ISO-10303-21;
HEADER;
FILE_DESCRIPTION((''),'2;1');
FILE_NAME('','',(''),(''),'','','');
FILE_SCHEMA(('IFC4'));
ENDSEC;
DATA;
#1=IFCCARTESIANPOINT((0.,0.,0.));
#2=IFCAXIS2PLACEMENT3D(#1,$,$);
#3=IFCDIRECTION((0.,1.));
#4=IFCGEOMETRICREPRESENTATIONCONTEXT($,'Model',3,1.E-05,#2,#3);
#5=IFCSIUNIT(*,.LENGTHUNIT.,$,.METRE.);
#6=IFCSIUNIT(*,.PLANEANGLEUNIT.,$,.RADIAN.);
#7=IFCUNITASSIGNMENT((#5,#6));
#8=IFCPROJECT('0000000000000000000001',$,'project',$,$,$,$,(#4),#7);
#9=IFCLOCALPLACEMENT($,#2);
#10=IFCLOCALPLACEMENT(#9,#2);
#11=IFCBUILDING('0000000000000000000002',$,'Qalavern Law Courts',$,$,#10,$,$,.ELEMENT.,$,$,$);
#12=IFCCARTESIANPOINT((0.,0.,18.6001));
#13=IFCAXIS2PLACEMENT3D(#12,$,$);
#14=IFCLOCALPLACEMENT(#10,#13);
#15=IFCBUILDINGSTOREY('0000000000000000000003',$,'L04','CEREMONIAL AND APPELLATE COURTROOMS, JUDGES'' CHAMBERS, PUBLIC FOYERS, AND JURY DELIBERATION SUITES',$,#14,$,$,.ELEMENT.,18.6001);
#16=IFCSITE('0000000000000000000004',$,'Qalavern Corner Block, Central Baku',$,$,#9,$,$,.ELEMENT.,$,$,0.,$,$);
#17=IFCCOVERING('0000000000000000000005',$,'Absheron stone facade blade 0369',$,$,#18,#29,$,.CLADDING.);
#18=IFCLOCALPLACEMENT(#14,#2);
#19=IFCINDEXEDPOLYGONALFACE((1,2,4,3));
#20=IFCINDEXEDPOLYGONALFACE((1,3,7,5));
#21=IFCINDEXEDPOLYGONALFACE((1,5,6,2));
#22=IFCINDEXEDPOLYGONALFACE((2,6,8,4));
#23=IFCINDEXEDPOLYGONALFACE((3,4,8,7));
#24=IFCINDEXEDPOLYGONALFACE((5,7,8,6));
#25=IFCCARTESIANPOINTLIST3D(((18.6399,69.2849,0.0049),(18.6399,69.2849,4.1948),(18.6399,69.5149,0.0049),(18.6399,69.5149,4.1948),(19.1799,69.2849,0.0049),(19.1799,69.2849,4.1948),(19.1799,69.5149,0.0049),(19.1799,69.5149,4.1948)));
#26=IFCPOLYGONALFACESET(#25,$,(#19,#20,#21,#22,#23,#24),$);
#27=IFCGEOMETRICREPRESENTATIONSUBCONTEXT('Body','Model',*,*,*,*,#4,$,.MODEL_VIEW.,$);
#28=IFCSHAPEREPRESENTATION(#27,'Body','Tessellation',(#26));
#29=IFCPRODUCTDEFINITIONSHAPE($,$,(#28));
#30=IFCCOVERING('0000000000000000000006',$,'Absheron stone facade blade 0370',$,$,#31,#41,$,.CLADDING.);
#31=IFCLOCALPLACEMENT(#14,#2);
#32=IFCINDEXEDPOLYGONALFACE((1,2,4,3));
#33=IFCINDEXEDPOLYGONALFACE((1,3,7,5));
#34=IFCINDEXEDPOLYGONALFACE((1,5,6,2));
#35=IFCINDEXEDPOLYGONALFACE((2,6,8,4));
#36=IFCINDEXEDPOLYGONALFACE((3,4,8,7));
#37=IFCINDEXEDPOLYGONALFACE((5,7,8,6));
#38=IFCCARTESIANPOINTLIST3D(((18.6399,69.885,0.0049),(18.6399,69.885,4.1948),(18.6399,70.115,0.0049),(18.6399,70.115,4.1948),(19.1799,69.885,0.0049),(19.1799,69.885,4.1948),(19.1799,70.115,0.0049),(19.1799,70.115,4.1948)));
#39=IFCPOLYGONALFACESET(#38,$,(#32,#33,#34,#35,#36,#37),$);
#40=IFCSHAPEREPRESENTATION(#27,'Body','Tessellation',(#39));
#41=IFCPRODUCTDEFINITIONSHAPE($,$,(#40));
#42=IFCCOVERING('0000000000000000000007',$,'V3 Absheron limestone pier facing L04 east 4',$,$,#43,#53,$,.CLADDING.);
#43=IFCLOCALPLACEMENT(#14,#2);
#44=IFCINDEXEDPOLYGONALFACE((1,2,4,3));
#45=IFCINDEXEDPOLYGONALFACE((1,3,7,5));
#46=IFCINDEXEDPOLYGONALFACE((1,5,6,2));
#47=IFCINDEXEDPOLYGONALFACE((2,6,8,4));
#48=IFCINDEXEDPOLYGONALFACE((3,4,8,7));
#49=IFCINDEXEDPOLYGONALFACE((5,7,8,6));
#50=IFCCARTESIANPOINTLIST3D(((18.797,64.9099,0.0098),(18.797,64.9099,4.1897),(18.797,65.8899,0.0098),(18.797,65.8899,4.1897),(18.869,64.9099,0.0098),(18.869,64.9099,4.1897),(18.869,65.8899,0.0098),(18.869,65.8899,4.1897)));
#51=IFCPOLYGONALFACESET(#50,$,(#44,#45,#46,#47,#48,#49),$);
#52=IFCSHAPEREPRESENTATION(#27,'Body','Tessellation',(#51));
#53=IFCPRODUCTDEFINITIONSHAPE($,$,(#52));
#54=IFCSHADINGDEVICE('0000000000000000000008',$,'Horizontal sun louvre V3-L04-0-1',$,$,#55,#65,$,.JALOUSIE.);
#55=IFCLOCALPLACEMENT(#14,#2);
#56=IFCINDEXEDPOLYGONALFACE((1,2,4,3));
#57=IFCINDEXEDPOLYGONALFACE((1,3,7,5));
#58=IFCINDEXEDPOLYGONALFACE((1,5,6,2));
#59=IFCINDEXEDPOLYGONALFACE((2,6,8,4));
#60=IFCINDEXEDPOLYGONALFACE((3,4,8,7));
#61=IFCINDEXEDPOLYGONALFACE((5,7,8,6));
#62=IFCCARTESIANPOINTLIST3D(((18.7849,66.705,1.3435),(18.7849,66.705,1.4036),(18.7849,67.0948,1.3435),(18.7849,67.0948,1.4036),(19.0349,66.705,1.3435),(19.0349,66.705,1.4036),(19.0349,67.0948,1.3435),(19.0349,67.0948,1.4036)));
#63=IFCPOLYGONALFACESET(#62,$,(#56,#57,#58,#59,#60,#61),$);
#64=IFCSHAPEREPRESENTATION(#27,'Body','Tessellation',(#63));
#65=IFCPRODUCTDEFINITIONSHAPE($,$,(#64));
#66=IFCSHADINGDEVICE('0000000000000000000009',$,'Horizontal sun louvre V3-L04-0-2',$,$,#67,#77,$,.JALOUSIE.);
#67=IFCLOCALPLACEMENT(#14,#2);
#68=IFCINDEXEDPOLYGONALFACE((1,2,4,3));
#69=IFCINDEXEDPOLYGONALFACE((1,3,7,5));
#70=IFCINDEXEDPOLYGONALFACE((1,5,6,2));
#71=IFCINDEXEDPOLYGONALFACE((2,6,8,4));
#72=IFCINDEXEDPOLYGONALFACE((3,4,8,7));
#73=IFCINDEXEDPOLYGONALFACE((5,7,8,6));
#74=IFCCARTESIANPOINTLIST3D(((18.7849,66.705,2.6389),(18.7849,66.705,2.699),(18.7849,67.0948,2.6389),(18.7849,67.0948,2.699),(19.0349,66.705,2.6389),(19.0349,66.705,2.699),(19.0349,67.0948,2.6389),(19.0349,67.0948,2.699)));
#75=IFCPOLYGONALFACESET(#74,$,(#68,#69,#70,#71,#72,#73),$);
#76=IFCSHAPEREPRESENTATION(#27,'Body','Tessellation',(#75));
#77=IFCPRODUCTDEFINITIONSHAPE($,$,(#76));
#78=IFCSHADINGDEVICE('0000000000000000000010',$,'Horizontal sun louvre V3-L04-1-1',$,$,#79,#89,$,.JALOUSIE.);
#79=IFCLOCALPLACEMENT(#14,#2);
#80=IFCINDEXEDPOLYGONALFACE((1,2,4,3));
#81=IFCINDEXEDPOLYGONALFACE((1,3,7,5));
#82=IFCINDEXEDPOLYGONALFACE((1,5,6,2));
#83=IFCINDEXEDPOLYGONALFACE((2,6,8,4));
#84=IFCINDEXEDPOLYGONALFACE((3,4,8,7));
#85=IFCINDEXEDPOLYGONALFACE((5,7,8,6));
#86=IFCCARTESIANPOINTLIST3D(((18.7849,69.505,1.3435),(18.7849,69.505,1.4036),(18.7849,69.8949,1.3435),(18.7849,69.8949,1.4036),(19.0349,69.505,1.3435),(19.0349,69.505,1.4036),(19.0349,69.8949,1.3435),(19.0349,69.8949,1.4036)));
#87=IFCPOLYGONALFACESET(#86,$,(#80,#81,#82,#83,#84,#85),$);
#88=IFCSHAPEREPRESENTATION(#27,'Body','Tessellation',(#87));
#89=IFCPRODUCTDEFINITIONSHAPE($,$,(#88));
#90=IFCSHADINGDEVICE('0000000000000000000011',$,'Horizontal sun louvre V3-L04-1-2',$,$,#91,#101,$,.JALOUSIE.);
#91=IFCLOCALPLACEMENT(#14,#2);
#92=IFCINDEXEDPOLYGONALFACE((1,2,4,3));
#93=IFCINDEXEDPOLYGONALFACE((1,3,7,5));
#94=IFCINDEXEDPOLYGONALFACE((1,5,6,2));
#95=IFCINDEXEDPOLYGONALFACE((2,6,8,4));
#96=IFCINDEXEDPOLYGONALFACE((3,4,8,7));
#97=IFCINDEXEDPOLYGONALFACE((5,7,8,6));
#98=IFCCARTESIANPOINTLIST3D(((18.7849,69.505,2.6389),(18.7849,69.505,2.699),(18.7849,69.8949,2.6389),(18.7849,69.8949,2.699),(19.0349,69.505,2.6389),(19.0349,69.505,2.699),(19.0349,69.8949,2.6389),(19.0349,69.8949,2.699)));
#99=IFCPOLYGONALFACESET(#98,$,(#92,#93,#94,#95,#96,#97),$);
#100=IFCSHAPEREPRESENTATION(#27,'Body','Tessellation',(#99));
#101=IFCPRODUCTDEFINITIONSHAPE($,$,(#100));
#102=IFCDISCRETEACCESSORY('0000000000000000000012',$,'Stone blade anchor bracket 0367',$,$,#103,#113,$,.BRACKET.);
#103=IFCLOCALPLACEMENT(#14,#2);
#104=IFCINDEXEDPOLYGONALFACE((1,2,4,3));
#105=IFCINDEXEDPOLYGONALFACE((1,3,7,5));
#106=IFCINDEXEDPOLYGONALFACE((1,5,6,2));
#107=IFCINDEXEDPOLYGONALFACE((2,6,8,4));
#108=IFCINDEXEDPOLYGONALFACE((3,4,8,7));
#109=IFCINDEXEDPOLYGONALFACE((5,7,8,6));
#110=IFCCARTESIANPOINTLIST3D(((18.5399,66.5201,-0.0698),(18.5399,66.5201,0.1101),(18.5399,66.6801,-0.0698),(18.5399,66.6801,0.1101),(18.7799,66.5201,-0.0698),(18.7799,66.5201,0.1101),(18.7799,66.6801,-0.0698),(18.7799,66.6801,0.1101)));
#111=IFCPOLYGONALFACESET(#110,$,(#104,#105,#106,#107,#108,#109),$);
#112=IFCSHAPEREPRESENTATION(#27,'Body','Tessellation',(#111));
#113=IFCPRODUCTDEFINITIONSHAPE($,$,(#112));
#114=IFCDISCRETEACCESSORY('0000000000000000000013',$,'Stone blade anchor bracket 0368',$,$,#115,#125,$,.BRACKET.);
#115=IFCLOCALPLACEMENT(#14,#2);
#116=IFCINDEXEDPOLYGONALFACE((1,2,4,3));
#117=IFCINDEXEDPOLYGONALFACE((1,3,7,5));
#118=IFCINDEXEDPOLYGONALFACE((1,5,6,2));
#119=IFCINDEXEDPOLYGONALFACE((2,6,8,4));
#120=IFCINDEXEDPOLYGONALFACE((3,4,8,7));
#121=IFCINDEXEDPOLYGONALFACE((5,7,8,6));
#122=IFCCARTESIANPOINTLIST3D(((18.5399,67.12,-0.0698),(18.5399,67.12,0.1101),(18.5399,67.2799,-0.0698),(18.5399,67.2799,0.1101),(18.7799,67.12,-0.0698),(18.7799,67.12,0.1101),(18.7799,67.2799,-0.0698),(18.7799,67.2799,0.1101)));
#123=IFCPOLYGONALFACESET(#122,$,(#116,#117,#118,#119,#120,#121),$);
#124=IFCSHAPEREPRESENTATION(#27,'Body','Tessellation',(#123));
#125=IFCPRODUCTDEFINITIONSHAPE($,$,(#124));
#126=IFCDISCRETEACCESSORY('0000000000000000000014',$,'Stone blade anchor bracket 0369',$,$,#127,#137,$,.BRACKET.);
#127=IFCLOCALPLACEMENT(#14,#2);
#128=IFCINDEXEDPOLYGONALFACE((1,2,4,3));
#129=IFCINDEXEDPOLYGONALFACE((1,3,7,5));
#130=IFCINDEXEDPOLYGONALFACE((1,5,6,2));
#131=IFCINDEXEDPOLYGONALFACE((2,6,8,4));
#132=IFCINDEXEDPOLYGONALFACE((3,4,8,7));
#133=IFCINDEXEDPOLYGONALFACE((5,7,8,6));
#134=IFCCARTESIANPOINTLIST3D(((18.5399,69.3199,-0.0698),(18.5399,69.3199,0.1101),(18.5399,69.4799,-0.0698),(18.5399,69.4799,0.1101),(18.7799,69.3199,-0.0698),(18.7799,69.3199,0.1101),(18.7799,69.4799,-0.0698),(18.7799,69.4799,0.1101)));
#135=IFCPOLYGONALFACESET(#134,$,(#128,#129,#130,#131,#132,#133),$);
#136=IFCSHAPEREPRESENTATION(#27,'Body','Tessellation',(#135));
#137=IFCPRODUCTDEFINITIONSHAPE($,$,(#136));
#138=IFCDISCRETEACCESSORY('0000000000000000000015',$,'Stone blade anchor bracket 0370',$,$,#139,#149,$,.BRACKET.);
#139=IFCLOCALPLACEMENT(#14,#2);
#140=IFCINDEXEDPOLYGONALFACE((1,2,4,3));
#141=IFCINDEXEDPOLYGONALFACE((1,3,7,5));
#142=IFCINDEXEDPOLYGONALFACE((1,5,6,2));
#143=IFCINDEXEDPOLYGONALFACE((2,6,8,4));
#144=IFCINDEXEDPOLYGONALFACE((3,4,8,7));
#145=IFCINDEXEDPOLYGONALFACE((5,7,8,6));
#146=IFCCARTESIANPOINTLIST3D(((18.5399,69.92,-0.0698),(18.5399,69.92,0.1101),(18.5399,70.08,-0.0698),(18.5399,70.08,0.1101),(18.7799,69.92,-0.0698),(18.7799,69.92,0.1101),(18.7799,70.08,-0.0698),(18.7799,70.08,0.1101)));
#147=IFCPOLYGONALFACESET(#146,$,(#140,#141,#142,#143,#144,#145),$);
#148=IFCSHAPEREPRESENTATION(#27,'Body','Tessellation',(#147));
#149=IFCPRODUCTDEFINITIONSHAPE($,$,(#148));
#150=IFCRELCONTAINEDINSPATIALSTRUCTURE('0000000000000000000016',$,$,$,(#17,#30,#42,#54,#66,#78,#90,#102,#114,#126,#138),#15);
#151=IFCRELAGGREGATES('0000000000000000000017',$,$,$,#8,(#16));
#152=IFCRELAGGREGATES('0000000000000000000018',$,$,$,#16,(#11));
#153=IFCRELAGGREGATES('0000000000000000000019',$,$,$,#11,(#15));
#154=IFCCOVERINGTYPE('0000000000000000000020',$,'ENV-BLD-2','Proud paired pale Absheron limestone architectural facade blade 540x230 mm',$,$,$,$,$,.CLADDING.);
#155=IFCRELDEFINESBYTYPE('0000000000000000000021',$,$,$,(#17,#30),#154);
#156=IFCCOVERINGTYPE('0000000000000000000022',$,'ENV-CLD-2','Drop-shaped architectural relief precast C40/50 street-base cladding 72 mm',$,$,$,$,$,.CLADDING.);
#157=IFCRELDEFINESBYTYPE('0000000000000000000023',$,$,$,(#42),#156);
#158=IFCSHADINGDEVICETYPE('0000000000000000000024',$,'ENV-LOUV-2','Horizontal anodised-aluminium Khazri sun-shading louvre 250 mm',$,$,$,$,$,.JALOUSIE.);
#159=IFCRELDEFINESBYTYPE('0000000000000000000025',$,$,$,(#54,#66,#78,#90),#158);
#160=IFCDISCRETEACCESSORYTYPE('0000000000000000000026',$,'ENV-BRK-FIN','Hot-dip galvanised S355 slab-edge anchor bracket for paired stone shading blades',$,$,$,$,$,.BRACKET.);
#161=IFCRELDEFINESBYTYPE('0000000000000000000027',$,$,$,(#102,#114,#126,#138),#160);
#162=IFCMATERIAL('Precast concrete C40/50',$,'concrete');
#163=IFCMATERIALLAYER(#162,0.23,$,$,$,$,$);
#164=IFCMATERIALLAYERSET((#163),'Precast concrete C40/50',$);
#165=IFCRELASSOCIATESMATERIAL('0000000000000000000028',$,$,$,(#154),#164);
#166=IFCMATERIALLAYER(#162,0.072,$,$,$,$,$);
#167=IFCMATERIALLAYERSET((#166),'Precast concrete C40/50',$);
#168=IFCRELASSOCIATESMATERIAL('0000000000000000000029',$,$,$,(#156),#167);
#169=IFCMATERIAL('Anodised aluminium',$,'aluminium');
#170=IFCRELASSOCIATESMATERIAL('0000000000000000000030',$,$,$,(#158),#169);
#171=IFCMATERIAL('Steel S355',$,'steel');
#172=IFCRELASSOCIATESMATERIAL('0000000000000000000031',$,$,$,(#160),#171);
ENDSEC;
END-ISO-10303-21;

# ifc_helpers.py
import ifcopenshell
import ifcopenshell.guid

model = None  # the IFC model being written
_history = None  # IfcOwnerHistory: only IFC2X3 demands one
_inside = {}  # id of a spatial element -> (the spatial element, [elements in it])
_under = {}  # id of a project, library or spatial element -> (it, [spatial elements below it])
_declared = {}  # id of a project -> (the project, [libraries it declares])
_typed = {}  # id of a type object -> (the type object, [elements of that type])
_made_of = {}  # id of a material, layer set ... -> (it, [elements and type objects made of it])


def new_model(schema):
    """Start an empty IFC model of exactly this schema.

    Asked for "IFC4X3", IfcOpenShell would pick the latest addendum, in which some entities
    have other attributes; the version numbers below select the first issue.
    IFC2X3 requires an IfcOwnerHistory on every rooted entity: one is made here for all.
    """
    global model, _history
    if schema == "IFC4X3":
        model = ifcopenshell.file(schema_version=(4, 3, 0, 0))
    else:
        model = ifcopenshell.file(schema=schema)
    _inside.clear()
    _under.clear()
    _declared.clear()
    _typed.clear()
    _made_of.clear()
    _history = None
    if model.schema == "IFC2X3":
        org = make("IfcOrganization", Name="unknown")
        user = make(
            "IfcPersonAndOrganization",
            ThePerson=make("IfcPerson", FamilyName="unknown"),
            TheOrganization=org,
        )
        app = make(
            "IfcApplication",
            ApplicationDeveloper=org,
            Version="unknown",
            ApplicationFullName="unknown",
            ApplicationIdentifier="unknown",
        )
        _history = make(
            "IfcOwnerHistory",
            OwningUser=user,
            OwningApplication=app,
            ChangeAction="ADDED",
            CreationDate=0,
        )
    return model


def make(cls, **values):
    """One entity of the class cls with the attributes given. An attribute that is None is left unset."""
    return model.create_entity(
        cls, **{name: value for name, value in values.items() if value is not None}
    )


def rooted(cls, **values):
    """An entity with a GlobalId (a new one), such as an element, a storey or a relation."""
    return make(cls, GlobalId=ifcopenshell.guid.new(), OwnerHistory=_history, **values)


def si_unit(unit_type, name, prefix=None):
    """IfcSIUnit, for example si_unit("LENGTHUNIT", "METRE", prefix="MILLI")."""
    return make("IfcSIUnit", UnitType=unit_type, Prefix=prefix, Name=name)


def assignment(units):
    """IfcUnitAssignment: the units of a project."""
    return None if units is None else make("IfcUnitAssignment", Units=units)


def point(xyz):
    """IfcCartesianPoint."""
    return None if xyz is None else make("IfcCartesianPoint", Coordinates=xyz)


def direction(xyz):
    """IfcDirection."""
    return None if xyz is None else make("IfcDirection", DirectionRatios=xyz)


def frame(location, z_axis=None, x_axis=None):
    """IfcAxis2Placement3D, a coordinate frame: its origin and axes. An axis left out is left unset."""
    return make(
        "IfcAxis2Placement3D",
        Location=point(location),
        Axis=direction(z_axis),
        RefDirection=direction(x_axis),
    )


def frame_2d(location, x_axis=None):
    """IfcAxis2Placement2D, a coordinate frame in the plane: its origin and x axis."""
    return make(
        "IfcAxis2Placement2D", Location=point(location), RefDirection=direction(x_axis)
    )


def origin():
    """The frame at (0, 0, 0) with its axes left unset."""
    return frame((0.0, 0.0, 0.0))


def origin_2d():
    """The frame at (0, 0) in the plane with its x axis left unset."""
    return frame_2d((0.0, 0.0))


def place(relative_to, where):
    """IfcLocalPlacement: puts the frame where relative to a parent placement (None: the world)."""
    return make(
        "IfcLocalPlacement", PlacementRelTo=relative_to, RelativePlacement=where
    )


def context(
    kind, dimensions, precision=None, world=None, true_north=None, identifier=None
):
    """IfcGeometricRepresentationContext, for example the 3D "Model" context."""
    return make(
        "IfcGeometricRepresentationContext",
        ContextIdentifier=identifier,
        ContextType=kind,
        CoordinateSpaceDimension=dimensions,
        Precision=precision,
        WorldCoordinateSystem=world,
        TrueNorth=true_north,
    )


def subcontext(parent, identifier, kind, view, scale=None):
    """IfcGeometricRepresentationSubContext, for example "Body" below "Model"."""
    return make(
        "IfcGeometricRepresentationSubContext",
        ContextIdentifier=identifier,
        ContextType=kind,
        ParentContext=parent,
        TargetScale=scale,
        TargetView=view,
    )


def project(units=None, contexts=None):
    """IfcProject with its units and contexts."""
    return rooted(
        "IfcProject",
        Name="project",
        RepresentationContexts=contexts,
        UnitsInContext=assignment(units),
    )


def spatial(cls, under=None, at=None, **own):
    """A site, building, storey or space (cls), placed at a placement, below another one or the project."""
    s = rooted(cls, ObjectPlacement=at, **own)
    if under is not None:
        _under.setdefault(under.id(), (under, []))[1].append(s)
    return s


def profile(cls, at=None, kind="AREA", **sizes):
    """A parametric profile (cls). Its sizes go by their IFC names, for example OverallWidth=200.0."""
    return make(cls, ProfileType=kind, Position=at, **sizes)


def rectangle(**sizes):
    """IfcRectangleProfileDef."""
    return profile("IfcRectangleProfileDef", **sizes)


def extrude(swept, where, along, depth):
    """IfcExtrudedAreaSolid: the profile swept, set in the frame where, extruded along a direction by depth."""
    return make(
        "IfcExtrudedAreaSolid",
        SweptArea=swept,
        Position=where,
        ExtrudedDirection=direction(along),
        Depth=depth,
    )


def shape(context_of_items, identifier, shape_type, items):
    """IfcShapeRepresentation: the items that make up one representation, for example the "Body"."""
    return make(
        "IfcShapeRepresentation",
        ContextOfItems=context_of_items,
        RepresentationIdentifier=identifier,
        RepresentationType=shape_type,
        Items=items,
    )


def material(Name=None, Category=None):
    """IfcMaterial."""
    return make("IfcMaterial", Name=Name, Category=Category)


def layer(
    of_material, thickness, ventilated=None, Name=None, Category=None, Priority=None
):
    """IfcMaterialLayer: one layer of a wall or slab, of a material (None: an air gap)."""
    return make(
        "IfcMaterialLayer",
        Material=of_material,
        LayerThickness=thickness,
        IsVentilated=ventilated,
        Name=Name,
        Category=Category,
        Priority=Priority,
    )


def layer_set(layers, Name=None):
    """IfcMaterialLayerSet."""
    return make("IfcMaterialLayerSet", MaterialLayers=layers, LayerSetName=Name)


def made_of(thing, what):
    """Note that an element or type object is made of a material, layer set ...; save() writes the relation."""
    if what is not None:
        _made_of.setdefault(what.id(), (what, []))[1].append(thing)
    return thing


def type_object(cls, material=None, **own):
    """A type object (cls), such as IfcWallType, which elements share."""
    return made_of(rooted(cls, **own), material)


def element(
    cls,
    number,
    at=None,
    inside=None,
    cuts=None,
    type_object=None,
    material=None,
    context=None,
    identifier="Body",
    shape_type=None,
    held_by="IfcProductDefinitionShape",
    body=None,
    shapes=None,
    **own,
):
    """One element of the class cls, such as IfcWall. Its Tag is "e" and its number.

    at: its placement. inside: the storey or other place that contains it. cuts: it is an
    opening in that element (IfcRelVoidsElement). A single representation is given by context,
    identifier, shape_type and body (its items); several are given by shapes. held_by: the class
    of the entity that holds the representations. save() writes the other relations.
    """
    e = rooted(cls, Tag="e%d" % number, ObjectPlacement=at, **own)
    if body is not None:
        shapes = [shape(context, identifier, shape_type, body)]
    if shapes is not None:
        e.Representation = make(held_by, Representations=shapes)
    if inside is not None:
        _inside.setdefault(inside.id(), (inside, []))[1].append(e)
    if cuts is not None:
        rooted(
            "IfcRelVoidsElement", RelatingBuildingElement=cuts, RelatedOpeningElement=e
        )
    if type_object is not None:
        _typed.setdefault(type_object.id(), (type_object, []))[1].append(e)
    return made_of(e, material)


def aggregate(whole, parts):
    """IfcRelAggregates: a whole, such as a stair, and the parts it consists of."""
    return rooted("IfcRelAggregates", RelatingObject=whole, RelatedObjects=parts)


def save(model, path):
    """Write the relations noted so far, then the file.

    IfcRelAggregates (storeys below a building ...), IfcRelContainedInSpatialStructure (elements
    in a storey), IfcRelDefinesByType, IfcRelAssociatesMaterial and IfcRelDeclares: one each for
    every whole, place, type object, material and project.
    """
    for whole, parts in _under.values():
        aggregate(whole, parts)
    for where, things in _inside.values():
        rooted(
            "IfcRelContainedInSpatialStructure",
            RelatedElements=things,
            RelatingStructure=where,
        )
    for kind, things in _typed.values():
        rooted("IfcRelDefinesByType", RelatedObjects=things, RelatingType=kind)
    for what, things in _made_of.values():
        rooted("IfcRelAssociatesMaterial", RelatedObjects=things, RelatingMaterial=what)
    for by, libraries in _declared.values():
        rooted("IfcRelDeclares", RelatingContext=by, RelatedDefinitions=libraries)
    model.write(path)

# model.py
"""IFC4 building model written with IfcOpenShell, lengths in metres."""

from ifc_helpers import new_model, si_unit, direction, frame, origin, origin_2d, place, context, subcontext, project, spatial, rectangle, extrude, material, layer, layer_set, type_object, element, save


model = new_model("IFC4")

# Units and contexts
model_context = context("Model", 3, precision=1e-05, world=origin(), true_north=direction((0.0, 1.0)))
body_context = subcontext(model_context, "Body", "Model", "MODEL_VIEW")
ifc_project = project(units=[si_unit("LENGTHUNIT", "METRE"), si_unit("PLANEANGLEUNIT", "RADIAN")], contexts=[model_context])

# Site, building, storey
site_placement = place(None, origin())
site = spatial("IfcSite", under=ifc_project, at=site_placement, Name="Qalavern Corner Block, Central Baku", CompositionType="ELEMENT", RefElevation=0.0)
building_placement = place(site_placement, origin())
building = spatial("IfcBuilding", under=site, at=building_placement, Name="Qalavern Law Courts", CompositionType="ELEMENT")
storey_placement = place(building_placement, frame((0.0, 0.0, 18.6001)))
storey = spatial("IfcBuildingStorey", under=building, at=storey_placement, Name="L04", Description="CEREMONIAL AND APPELLATE COURTROOMS, JUDGES' CHAMBERS, PUBLIC FOYERS, AND JURY DELIBERATION SUITES", CompositionType="ELEMENT", Elevation=18.6001)

# Shared definitions
ifc_material_1 = material(Name="Anodised aluminium", Category="aluminium")

# Coverings
ifc_material_2 = material(Name="Precast concrete C40/50", Category="concrete")
ifc_layer_1 = layer(ifc_material_2, 0.23)
ifc_layer_set_1 = layer_set([ifc_layer_1], Name="Precast concrete C40/50")
covering_type_1 = type_object("IfcCoveringType", Name="ENV-BLD-2", Description="Proud paired pale Absheron limestone architectural facade blade 540x230 mm", PredefinedType="CLADDING", material=ifc_layer_set_1)
for number, where, z_axis, x_axis, name in (
    (1, (18.9099, 69.3999, 0.0049), (0.0, 0.0, 1.0), (1.0, 0.0, 0.0), "Absheron stone facade blade 0369"),
    (2, (18.9099, 70.0, 0.0049), (0.0, 0.0, 1.0), (1.0, 0.0, 0.0), "Absheron stone facade blade 0370"),
):
    element("IfcCovering", number, at=place(storey_placement, frame(where, z_axis=z_axis, x_axis=x_axis)), inside=storey, type_object=covering_type_1, Name=name, PredefinedType="CLADDING", context=body_context, shape_type="SweptSolid", body=[
        extrude(rectangle(XDim=0.54, YDim=0.23, at=origin_2d()), origin(), (0.0, 0.0, 1.0), 4.1899),
    ])
ifc_layer_2 = layer(ifc_material_2, 0.072)
ifc_layer_set_2 = layer_set([ifc_layer_2], Name="Precast concrete C40/50")
covering_type_2 = type_object("IfcCoveringType", Name="ENV-CLD-2", Description="Drop-shaped architectural relief precast C40/50 street-base cladding 72 mm", PredefinedType="CLADDING", material=ifc_layer_set_2)
covering_placement = place(storey_placement, frame((18.833, 65.3999, 0.0098), z_axis=(0.0, 0.0, 1.0), x_axis=(0.0, 1.0, 0.0)))
element("IfcCovering", 3, at=covering_placement, inside=storey, type_object=covering_type_2, Name="V3 Absheron limestone pier facing L04 east 4", PredefinedType="CLADDING", context=body_context, shape_type="SweptSolid", body=[
    extrude(rectangle(XDim=0.98, YDim=0.072, at=origin_2d()), origin(), (0.0, 0.0, 1.0), 4.1799),
])

# Shading devices
shading_device_type = type_object("IfcShadingDeviceType", Name="ENV-LOUV-2", Description="Horizontal anodised-aluminium Khazri sun-shading louvre 250 mm", PredefinedType="JALOUSIE", material=ifc_material_1)
for number, where, z_axis, x_axis, name in (
    (4, (18.9099, 66.8999, 1.3435), (0.0, 0.0, 1.0), (0.0, 1.0, 0.0), "Horizontal sun louvre V3-L04-0-1"),
    (5, (18.9099, 66.8999, 2.6389), (0.0, 0.0, 1.0), (0.0, 1.0, 0.0), "Horizontal sun louvre V3-L04-0-2"),
    (6, (18.9099, 69.7, 1.3435), (0.0, 0.0, 1.0), (0.0, 1.0, 0.0), "Horizontal sun louvre V3-L04-1-1"),
    (7, (18.9099, 69.7, 2.6389), (0.0, 0.0, 1.0), (0.0, 1.0, 0.0), "Horizontal sun louvre V3-L04-1-2"),
):
    element("IfcShadingDevice", number, at=place(storey_placement, frame(where, z_axis=z_axis, x_axis=x_axis)), inside=storey, type_object=shading_device_type, Name=name, PredefinedType="JALOUSIE", context=body_context, shape_type="SweptSolid", body=[
        extrude(rectangle(XDim=0.3899, YDim=0.25, at=origin_2d()), origin(), (0.0, 0.0, 1.0), 0.0601),
    ])

# Discrete accessories
ifc_material_3 = material(Name="Steel S355", Category="steel")
discrete_accessory_type = type_object("IfcDiscreteAccessoryType", Name="ENV-BRK-FIN", Description="Hot-dip galvanised S355 slab-edge anchor bracket for paired stone shading blades", PredefinedType="BRACKET", material=ifc_material_3)
for number, where, z_axis, x_axis, name in (
    (8, (18.6599, 66.6001, -0.0698), (0.0, 0.0, 1.0), (1.0, 0.0, 0.0), "Stone blade anchor bracket 0367"),
    (9, (18.6599, 67.2, -0.0698), (0.0, 0.0, 1.0), (1.0, 0.0, 0.0), "Stone blade anchor bracket 0368"),
    (10, (18.6599, 69.3999, -0.0698), (0.0, 0.0, 1.0), (1.0, 0.0, 0.0), "Stone blade anchor bracket 0369"),
    (11, (18.6599, 70.0, -0.0698), (0.0, 0.0, 1.0), (1.0, 0.0, 0.0), "Stone blade anchor bracket 0370"),
):
    element("IfcDiscreteAccessory", number, at=place(storey_placement, frame(where, z_axis=z_axis, x_axis=x_axis)), inside=storey, type_object=discrete_accessory_type, Name=name, PredefinedType="BRACKET", context=body_context, shape_type="SweptSolid", body=[
        extrude(rectangle(XDim=0.24, YDim=0.1599, at=origin_2d()), origin(), (0.0, 0.0, 1.0), 0.1799),
    ])

save(model, "model.ifc")
